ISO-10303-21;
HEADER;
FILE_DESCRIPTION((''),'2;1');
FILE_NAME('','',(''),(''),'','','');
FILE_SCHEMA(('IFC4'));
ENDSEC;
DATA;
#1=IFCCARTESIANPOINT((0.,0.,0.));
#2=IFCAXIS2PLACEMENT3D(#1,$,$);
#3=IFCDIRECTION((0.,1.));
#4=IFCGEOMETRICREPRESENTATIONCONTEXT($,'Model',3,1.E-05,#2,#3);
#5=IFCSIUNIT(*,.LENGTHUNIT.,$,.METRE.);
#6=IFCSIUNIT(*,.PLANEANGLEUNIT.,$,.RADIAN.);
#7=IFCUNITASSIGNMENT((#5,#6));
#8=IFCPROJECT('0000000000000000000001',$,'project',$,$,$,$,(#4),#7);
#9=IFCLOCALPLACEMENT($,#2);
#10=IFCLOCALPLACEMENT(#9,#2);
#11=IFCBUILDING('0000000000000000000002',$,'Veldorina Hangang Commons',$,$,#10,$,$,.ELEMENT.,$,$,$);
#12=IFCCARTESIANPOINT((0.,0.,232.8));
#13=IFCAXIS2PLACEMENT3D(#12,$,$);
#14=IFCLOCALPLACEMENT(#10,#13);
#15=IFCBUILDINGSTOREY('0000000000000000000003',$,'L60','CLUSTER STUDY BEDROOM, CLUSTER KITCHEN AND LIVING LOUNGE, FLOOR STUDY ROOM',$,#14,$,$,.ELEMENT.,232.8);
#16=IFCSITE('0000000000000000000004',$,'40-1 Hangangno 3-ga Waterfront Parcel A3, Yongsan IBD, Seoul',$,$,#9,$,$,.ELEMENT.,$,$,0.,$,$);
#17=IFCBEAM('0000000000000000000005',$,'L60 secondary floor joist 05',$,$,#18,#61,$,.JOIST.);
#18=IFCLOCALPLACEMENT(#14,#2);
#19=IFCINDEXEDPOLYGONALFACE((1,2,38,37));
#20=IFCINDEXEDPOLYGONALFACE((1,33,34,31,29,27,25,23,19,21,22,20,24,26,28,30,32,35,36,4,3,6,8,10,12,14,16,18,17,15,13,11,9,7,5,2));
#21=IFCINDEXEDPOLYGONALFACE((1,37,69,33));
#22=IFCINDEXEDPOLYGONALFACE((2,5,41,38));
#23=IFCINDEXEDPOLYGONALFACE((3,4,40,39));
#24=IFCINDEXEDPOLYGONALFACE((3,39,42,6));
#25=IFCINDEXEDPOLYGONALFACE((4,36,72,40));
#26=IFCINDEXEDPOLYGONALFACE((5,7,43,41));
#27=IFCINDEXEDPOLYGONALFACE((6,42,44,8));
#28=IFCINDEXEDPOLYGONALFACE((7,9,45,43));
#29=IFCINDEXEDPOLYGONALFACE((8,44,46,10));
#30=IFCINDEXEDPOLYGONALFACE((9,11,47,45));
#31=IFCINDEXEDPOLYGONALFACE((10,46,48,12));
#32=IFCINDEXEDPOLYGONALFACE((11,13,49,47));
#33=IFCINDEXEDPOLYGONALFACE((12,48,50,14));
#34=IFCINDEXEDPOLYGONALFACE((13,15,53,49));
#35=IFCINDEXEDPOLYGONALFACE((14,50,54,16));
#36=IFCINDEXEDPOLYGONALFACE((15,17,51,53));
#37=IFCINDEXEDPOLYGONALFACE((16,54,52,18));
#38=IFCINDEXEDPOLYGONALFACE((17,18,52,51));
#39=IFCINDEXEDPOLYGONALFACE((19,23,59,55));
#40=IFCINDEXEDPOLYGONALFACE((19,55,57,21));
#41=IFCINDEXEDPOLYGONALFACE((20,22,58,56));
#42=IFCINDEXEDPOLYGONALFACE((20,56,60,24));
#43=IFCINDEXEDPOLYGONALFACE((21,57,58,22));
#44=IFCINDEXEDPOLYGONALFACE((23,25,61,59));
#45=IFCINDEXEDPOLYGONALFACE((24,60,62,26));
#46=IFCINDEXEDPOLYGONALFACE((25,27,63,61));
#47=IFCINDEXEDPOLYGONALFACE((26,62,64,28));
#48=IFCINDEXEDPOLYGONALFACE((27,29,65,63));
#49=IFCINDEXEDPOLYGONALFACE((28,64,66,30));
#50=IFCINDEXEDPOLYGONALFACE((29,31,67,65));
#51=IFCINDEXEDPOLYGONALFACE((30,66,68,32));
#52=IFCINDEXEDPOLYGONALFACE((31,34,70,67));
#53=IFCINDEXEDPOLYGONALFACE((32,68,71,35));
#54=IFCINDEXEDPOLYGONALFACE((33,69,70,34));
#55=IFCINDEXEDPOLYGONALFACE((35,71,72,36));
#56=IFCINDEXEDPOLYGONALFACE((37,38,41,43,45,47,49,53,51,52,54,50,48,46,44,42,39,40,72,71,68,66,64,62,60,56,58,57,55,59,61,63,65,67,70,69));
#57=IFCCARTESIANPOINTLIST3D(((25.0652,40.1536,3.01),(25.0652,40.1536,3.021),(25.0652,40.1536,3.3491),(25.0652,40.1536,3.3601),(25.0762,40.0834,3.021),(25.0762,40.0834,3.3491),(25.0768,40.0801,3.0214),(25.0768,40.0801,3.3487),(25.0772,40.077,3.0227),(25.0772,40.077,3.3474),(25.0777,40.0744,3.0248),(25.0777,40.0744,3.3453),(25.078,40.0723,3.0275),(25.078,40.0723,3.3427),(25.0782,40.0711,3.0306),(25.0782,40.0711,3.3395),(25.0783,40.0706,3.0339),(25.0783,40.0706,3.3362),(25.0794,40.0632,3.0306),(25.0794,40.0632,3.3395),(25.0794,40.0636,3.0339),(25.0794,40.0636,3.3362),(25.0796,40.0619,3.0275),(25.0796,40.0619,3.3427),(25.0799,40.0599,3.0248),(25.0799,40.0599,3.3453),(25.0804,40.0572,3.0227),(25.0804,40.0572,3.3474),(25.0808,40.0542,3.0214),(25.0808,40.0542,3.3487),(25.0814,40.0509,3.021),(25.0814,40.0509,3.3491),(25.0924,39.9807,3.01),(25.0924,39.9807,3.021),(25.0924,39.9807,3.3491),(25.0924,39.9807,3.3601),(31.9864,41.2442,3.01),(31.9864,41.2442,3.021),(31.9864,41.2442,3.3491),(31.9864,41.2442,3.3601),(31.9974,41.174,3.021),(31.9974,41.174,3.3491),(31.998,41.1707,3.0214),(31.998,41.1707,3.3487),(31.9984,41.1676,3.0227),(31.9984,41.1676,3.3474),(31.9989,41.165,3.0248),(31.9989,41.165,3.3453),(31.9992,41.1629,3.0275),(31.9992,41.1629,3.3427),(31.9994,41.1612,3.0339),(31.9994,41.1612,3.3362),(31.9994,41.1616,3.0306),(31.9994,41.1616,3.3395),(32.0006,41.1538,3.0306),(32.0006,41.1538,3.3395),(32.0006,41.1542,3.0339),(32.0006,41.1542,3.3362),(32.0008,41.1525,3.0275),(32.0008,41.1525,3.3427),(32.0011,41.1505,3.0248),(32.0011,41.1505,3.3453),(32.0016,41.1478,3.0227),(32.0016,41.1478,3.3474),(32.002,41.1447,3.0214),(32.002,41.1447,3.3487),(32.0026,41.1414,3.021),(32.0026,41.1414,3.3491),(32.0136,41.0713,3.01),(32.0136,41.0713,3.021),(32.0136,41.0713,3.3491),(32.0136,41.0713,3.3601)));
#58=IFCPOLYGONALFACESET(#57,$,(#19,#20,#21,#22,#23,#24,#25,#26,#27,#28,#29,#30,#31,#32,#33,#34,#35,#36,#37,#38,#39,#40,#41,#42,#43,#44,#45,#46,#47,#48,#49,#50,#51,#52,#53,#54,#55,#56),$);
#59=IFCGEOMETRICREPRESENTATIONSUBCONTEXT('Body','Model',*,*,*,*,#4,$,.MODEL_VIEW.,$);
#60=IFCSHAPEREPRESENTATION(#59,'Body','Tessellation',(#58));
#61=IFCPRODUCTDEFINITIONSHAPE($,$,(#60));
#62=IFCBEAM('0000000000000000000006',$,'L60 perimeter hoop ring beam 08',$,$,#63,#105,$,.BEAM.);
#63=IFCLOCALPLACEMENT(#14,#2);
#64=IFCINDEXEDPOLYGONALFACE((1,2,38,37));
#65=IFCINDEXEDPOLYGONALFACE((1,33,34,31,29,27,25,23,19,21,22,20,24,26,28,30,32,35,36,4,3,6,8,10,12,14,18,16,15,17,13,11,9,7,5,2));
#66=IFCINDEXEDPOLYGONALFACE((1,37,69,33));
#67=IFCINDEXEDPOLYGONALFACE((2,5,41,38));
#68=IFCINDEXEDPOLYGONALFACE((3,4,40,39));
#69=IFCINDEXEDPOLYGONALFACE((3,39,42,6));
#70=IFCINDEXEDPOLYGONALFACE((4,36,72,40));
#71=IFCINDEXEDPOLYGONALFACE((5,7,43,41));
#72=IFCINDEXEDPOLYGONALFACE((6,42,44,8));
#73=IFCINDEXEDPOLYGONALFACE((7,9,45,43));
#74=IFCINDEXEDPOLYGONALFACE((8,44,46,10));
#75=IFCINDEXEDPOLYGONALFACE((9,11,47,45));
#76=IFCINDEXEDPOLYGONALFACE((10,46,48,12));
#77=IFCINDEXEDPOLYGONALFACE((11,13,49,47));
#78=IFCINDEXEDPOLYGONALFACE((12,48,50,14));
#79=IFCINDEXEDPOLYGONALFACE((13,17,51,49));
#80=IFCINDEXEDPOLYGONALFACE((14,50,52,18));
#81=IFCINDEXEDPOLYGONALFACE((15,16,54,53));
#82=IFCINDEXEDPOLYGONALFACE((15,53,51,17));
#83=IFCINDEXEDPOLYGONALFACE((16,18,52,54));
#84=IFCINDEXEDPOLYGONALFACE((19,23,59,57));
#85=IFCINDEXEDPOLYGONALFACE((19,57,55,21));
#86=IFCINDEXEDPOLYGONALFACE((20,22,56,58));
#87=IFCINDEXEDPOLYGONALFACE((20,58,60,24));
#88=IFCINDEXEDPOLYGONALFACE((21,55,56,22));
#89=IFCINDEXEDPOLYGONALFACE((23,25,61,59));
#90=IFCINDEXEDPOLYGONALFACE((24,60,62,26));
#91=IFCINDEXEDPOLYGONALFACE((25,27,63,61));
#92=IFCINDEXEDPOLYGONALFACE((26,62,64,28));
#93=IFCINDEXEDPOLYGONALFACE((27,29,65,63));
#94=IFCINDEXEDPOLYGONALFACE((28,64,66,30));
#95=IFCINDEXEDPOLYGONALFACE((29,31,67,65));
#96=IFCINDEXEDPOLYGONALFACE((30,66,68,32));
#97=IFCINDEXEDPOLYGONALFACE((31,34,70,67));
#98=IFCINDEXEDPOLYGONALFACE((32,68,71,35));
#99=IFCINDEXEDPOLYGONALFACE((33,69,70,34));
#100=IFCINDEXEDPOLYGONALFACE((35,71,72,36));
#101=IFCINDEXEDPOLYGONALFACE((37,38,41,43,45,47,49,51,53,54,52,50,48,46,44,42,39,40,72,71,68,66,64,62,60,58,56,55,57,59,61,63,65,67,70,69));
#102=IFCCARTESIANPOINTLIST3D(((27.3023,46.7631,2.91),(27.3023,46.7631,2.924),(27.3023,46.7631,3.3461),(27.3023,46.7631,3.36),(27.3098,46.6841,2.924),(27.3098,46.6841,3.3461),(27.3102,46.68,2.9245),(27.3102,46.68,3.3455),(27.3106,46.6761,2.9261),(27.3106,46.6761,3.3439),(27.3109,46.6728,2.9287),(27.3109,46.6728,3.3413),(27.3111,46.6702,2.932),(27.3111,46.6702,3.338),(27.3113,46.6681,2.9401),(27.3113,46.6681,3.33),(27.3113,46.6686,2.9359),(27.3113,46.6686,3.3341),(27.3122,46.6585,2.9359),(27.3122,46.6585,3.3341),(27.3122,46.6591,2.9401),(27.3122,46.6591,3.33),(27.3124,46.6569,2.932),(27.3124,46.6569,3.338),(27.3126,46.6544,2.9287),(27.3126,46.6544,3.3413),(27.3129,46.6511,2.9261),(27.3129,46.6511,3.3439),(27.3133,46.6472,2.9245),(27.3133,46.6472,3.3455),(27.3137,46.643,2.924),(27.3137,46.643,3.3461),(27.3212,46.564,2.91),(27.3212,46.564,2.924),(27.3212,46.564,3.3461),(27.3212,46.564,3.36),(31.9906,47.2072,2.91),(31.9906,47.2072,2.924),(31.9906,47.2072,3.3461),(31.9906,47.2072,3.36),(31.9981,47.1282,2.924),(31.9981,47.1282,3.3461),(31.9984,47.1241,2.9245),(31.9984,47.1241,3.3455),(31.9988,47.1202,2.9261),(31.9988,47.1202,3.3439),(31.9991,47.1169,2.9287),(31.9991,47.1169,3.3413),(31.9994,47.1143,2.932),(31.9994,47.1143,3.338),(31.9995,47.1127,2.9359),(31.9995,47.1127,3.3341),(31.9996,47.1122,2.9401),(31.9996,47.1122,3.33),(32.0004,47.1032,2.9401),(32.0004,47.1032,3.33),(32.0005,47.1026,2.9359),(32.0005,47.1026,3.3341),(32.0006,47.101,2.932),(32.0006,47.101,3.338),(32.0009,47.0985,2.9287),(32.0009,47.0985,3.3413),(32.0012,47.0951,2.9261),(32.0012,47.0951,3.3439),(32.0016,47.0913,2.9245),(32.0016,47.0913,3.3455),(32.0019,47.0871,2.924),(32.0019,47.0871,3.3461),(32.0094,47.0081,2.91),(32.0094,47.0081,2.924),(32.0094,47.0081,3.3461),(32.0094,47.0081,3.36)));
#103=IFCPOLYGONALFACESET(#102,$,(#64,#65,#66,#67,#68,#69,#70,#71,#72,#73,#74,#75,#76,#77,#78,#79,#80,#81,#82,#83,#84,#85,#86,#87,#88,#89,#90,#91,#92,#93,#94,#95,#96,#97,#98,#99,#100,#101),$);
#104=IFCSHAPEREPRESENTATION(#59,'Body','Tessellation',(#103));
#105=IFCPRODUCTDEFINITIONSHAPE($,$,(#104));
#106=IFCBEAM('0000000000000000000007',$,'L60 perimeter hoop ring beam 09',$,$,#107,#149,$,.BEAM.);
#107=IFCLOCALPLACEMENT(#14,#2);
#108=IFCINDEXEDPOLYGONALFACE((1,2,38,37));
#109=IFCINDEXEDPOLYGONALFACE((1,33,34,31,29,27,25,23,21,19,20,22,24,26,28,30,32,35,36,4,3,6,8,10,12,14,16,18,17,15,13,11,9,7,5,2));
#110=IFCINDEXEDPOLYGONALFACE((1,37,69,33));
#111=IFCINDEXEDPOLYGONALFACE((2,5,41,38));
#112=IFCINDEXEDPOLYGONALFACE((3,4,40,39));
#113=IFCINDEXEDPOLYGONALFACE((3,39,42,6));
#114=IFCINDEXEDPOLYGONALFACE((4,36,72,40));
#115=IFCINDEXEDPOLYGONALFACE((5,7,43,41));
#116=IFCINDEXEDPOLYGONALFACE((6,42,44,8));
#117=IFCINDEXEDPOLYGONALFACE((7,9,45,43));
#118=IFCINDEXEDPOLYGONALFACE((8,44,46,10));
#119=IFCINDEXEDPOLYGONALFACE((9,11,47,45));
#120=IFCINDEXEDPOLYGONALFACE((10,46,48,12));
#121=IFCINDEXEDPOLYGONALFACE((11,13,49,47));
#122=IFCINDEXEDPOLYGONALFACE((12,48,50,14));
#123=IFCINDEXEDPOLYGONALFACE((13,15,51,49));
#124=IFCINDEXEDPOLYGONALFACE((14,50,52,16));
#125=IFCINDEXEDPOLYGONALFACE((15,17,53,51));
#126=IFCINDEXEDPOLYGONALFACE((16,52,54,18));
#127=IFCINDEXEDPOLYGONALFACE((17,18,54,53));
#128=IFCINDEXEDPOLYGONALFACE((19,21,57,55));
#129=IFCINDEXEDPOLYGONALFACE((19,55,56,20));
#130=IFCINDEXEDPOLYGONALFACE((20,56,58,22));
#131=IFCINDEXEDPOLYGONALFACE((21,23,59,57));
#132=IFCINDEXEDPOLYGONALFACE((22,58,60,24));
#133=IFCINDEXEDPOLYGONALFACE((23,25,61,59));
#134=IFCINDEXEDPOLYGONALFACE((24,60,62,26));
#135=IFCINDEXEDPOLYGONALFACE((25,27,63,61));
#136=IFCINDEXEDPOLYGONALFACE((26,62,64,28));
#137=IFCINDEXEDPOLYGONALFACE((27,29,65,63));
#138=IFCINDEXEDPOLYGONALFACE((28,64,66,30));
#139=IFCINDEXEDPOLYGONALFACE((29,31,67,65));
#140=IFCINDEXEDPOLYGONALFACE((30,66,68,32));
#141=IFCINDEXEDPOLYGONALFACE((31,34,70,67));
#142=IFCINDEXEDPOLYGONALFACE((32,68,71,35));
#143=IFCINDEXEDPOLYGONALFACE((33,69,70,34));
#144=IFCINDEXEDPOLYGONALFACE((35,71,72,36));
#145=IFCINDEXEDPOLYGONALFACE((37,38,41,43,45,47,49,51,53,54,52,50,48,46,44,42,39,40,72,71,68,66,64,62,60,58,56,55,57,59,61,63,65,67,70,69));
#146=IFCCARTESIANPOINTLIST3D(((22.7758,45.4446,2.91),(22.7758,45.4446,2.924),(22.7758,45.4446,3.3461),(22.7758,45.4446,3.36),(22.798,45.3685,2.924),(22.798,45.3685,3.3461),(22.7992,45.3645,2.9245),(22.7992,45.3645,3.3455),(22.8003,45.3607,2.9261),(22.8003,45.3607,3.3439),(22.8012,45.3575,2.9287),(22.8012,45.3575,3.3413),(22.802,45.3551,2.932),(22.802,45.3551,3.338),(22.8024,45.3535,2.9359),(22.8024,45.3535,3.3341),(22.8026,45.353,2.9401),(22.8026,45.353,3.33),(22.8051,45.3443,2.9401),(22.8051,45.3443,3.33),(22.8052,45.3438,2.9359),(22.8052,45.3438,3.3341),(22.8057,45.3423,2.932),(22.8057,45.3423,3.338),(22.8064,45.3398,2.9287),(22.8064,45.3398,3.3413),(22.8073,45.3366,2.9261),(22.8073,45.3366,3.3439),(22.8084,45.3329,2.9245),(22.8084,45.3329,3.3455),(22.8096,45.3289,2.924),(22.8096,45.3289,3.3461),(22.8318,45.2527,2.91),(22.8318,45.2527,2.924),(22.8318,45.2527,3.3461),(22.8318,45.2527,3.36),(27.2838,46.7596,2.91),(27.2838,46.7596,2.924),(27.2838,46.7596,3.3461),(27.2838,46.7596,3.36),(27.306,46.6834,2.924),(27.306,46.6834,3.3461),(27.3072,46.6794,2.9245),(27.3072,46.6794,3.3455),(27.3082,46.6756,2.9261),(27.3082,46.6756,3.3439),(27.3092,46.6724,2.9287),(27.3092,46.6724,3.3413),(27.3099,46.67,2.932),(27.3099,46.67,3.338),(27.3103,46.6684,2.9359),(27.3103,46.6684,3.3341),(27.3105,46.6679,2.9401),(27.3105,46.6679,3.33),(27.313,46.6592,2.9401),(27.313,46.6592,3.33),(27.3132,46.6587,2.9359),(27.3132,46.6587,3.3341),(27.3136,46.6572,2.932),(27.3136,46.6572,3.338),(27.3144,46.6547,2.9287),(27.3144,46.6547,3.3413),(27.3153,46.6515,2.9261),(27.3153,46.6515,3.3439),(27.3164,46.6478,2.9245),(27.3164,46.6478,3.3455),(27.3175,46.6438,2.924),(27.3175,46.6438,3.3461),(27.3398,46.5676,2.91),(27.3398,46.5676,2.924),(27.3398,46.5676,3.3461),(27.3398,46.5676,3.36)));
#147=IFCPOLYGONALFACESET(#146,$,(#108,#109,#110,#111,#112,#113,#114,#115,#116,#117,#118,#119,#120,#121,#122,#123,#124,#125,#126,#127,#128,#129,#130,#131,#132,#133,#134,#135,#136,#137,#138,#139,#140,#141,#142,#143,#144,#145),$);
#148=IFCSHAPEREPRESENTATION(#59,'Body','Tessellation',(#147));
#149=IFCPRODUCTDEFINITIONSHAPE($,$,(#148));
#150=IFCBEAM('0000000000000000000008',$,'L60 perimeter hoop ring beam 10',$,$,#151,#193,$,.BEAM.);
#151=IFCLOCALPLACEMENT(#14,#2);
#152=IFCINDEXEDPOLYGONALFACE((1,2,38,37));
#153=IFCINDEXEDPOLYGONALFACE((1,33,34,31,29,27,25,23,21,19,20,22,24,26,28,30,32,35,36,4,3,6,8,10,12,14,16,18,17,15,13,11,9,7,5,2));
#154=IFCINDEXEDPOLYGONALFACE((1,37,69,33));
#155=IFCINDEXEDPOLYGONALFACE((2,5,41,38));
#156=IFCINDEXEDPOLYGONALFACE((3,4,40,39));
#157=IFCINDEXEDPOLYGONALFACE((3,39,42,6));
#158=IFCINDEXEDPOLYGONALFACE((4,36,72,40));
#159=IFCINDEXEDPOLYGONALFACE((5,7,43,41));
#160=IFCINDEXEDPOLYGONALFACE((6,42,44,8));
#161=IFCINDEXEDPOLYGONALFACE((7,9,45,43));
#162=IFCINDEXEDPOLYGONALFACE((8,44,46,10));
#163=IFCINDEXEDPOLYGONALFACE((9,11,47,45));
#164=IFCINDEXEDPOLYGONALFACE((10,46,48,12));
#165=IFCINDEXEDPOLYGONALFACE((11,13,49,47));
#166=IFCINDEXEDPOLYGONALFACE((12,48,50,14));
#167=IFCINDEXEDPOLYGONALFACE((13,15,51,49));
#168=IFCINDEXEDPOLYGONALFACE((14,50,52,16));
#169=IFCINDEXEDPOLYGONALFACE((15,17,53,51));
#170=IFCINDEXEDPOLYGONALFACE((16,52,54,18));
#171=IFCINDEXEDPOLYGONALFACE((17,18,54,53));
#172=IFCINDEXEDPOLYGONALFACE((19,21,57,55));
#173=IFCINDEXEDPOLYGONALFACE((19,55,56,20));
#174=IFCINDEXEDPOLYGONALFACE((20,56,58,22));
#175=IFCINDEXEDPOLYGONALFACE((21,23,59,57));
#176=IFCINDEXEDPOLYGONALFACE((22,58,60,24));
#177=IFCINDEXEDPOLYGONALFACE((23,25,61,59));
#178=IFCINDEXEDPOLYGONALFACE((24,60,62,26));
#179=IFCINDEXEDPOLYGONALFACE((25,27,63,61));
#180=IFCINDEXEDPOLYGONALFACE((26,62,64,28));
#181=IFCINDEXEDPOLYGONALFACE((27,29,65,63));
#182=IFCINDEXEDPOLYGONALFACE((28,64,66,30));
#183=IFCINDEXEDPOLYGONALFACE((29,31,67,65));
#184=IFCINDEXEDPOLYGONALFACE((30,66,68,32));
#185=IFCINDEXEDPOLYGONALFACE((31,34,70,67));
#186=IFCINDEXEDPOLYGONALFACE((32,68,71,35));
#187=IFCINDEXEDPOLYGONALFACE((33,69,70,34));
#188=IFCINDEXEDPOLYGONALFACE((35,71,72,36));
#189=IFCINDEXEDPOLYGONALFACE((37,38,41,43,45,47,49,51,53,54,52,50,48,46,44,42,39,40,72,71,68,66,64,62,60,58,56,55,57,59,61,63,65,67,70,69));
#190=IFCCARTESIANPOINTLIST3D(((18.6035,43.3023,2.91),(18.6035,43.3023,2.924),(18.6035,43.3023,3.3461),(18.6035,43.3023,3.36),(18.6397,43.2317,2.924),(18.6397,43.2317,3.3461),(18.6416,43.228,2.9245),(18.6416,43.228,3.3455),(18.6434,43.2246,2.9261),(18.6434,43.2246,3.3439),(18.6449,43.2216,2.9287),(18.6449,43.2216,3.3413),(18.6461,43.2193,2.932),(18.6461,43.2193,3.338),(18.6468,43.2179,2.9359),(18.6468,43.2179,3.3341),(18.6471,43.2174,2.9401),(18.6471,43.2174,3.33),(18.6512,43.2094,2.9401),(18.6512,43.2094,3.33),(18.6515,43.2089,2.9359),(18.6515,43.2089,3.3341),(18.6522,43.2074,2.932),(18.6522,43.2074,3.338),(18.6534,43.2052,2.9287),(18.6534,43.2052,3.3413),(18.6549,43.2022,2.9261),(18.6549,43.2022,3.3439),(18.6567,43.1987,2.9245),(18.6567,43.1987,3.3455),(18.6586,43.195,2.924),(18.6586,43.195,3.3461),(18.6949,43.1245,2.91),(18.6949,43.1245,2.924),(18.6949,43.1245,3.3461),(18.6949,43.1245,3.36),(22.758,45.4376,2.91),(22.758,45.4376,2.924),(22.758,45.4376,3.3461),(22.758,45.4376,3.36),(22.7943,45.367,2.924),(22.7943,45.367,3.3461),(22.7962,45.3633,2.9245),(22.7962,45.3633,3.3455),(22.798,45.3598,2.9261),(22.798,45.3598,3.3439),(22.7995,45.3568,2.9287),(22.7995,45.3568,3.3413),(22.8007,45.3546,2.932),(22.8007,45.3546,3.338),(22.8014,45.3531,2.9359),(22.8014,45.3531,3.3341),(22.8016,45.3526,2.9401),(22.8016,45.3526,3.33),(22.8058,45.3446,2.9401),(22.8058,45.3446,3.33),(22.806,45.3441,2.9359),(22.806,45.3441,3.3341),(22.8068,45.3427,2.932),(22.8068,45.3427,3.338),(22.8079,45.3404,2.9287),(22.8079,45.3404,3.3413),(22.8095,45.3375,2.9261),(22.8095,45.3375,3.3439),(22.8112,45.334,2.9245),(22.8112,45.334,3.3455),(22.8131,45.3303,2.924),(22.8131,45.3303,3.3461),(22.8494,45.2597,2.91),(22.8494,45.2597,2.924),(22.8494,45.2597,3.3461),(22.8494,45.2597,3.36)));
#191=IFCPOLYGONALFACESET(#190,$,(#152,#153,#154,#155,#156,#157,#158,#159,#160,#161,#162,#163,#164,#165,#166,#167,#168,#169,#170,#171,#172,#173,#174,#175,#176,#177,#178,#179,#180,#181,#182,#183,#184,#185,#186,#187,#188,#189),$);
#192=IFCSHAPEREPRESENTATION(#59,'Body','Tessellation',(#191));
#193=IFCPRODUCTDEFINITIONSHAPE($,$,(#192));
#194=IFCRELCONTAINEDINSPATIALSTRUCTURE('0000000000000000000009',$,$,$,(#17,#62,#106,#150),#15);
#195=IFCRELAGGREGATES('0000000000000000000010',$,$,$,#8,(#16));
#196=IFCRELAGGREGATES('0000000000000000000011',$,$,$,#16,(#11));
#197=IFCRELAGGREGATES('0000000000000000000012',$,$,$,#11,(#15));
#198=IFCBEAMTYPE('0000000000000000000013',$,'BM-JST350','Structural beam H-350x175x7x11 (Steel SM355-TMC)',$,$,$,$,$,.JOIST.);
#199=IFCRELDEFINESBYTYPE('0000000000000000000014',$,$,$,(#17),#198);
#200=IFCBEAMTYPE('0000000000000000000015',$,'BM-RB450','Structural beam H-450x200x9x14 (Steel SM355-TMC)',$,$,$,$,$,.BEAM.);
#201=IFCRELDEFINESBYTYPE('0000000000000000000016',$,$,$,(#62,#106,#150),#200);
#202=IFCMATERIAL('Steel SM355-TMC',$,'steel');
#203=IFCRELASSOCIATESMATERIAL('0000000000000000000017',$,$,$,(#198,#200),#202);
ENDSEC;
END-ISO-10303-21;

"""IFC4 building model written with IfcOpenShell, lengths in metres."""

from ifc_helpers import new_model, si_unit, direction, frame, origin, origin_2d, place, context, subcontext, project, spatial, i_section, extrude, material, material_profile, profile_set, type_object, element, save


model = new_model("IFC4")

# Units and contexts
model_context = context("Model", 3, precision=1e-05, world=origin(), true_north=direction((0.0, 1.0)))
body_context = subcontext(model_context, "Body", "Model", "MODEL_VIEW")
ifc_project = project(units=[si_unit("LENGTHUNIT", "METRE"), si_unit("PLANEANGLEUNIT", "RADIAN")], contexts=[model_context])

# Site, building, storey
site_placement = place(None, origin())
site = spatial("IfcSite", under=ifc_project, at=site_placement, Name="40-1 Hangangno 3-ga Waterfront Parcel A3, Yongsan IBD, Seoul", CompositionType="ELEMENT", RefElevation=0.0)
building_placement = place(site_placement, origin())
building = spatial("IfcBuilding", under=site, at=building_placement, Name="Veldorina Hangang Commons", CompositionType="ELEMENT")
storey_placement = place(building_placement, frame((0.0, 0.0, 232.8)))
storey = spatial("IfcBuildingStorey", under=building, at=storey_placement, Name="L60", Description="CLUSTER STUDY BEDROOM, CLUSTER KITCHEN AND LIVING LOUNGE, FLOOR STUDY ROOM", CompositionType="ELEMENT", Elevation=232.8)

# Beams
ifc_material_1 = material(Name="Steel SM355-TMC", Category="steel")
ifc_material_profile_1 = material_profile(ifc_material_1, i_section(OverallWidth=0.175, OverallDepth=0.3501, WebThickness=0.0071, FlangeThickness=0.011, FilletRadius=0.0129, at=origin_2d()), Name="H-350x175x7x11")
ifc_profile_set_1 = profile_set([ifc_material_profile_1], Name="Steel SM355-TMC")
beam_type_1 = type_object("IfcBeamType", Name="BM-JST350", Description="Structural beam H-350x175x7x11 (Steel SM355-TMC)", PredefinedType="JOIST", material=ifc_profile_set_1)
beam_1_placement = place(storey_placement, frame((32.0, 41.1577, 3.1851), z_axis=(-0.987812, -0.155651, 0.0), x_axis=(0.155651, -0.987812, 0.0)))
element("IfcBeam", 1, at=beam_1_placement, inside=storey, type_object=beam_type_1, Name="L60 secondary floor joist 05", PredefinedType="JOIST", context=body_context, shape_type="SweptSolid", body=[
    extrude(i_section(OverallWidth=0.175, OverallDepth=0.3501, WebThickness=0.0071, FlangeThickness=0.011, FilletRadius=0.0129, at=origin_2d()), origin(), (0.0, 0.0, 1.0), 7.0066),
])
ifc_material_profile_2 = material_profile(ifc_material_1, i_section(OverallWidth=0.2, OverallDepth=0.45, WebThickness=0.009, FlangeThickness=0.0139, FilletRadius=0.0161, at=origin_2d()), Name="H-450x200x9x14")
ifc_profile_set_2 = profile_set([ifc_material_profile_2], Name="Steel SM355-TMC")
beam_type_2 = type_object("IfcBeamType", Name="BM-RB450", Description="Structural beam H-450x200x9x14 (Steel SM355-TMC)", PredefinedType="BEAM", material=ifc_profile_set_2)
beam_2_placement = place(storey_placement, frame((32.0, 47.1077, 3.135), z_axis=(-0.995544, -0.094303, 0.0), x_axis=(0.094303, -0.995544, 0.0)))
element("IfcBeam", 2, at=beam_2_placement, inside=storey, type_object=beam_type_2, Name="L60 perimeter hoop ring beam 08", PredefinedType="BEAM", context=body_context, shape_type="SweptSolid", body=[
    extrude(i_section(OverallWidth=0.2, OverallDepth=0.45, WebThickness=0.009, FlangeThickness=0.0139, FilletRadius=0.0161, at=origin_2d()), origin(), (0.0, 0.0, 1.0), 4.7092),
])
beam_3_placement = place(storey_placement, frame((27.3118, 46.6636, 3.135), z_axis=(-0.959995, -0.280018, 0.0), x_axis=(0.280018, -0.959995, 0.0)))
element("IfcBeam", 3, at=beam_3_placement, inside=storey, type_object=beam_type_2, Name="L60 perimeter hoop ring beam 09", PredefinedType="BEAM", context=body_context, shape_type="SweptSolid", body=[
    extrude(i_section(OverallWidth=0.2, OverallDepth=0.45, WebThickness=0.009, FlangeThickness=0.0139, FilletRadius=0.0161, at=origin_2d()), origin(), (0.0, 0.0, 1.0), 4.6958),
])
beam_4_placement = place(storey_placement, frame((22.8037, 45.3486, 3.135), z_axis=(-0.889407, -0.457117, 0.0), x_axis=(0.457117, -0.889407, 0.0)))
element("IfcBeam", 4, at=beam_4_placement, inside=storey, type_object=beam_type_2, Name="L60 perimeter hoop ring beam 10", PredefinedType="BEAM", context=body_context, shape_type="SweptSolid", body=[
    extrude(i_section(OverallWidth=0.2, OverallDepth=0.45, WebThickness=0.009, FlangeThickness=0.0139, FilletRadius=0.0161, at=origin_2d()), origin(), (0.0, 0.0, 1.0), 4.6711),
])

save(model, "model.ifc")
